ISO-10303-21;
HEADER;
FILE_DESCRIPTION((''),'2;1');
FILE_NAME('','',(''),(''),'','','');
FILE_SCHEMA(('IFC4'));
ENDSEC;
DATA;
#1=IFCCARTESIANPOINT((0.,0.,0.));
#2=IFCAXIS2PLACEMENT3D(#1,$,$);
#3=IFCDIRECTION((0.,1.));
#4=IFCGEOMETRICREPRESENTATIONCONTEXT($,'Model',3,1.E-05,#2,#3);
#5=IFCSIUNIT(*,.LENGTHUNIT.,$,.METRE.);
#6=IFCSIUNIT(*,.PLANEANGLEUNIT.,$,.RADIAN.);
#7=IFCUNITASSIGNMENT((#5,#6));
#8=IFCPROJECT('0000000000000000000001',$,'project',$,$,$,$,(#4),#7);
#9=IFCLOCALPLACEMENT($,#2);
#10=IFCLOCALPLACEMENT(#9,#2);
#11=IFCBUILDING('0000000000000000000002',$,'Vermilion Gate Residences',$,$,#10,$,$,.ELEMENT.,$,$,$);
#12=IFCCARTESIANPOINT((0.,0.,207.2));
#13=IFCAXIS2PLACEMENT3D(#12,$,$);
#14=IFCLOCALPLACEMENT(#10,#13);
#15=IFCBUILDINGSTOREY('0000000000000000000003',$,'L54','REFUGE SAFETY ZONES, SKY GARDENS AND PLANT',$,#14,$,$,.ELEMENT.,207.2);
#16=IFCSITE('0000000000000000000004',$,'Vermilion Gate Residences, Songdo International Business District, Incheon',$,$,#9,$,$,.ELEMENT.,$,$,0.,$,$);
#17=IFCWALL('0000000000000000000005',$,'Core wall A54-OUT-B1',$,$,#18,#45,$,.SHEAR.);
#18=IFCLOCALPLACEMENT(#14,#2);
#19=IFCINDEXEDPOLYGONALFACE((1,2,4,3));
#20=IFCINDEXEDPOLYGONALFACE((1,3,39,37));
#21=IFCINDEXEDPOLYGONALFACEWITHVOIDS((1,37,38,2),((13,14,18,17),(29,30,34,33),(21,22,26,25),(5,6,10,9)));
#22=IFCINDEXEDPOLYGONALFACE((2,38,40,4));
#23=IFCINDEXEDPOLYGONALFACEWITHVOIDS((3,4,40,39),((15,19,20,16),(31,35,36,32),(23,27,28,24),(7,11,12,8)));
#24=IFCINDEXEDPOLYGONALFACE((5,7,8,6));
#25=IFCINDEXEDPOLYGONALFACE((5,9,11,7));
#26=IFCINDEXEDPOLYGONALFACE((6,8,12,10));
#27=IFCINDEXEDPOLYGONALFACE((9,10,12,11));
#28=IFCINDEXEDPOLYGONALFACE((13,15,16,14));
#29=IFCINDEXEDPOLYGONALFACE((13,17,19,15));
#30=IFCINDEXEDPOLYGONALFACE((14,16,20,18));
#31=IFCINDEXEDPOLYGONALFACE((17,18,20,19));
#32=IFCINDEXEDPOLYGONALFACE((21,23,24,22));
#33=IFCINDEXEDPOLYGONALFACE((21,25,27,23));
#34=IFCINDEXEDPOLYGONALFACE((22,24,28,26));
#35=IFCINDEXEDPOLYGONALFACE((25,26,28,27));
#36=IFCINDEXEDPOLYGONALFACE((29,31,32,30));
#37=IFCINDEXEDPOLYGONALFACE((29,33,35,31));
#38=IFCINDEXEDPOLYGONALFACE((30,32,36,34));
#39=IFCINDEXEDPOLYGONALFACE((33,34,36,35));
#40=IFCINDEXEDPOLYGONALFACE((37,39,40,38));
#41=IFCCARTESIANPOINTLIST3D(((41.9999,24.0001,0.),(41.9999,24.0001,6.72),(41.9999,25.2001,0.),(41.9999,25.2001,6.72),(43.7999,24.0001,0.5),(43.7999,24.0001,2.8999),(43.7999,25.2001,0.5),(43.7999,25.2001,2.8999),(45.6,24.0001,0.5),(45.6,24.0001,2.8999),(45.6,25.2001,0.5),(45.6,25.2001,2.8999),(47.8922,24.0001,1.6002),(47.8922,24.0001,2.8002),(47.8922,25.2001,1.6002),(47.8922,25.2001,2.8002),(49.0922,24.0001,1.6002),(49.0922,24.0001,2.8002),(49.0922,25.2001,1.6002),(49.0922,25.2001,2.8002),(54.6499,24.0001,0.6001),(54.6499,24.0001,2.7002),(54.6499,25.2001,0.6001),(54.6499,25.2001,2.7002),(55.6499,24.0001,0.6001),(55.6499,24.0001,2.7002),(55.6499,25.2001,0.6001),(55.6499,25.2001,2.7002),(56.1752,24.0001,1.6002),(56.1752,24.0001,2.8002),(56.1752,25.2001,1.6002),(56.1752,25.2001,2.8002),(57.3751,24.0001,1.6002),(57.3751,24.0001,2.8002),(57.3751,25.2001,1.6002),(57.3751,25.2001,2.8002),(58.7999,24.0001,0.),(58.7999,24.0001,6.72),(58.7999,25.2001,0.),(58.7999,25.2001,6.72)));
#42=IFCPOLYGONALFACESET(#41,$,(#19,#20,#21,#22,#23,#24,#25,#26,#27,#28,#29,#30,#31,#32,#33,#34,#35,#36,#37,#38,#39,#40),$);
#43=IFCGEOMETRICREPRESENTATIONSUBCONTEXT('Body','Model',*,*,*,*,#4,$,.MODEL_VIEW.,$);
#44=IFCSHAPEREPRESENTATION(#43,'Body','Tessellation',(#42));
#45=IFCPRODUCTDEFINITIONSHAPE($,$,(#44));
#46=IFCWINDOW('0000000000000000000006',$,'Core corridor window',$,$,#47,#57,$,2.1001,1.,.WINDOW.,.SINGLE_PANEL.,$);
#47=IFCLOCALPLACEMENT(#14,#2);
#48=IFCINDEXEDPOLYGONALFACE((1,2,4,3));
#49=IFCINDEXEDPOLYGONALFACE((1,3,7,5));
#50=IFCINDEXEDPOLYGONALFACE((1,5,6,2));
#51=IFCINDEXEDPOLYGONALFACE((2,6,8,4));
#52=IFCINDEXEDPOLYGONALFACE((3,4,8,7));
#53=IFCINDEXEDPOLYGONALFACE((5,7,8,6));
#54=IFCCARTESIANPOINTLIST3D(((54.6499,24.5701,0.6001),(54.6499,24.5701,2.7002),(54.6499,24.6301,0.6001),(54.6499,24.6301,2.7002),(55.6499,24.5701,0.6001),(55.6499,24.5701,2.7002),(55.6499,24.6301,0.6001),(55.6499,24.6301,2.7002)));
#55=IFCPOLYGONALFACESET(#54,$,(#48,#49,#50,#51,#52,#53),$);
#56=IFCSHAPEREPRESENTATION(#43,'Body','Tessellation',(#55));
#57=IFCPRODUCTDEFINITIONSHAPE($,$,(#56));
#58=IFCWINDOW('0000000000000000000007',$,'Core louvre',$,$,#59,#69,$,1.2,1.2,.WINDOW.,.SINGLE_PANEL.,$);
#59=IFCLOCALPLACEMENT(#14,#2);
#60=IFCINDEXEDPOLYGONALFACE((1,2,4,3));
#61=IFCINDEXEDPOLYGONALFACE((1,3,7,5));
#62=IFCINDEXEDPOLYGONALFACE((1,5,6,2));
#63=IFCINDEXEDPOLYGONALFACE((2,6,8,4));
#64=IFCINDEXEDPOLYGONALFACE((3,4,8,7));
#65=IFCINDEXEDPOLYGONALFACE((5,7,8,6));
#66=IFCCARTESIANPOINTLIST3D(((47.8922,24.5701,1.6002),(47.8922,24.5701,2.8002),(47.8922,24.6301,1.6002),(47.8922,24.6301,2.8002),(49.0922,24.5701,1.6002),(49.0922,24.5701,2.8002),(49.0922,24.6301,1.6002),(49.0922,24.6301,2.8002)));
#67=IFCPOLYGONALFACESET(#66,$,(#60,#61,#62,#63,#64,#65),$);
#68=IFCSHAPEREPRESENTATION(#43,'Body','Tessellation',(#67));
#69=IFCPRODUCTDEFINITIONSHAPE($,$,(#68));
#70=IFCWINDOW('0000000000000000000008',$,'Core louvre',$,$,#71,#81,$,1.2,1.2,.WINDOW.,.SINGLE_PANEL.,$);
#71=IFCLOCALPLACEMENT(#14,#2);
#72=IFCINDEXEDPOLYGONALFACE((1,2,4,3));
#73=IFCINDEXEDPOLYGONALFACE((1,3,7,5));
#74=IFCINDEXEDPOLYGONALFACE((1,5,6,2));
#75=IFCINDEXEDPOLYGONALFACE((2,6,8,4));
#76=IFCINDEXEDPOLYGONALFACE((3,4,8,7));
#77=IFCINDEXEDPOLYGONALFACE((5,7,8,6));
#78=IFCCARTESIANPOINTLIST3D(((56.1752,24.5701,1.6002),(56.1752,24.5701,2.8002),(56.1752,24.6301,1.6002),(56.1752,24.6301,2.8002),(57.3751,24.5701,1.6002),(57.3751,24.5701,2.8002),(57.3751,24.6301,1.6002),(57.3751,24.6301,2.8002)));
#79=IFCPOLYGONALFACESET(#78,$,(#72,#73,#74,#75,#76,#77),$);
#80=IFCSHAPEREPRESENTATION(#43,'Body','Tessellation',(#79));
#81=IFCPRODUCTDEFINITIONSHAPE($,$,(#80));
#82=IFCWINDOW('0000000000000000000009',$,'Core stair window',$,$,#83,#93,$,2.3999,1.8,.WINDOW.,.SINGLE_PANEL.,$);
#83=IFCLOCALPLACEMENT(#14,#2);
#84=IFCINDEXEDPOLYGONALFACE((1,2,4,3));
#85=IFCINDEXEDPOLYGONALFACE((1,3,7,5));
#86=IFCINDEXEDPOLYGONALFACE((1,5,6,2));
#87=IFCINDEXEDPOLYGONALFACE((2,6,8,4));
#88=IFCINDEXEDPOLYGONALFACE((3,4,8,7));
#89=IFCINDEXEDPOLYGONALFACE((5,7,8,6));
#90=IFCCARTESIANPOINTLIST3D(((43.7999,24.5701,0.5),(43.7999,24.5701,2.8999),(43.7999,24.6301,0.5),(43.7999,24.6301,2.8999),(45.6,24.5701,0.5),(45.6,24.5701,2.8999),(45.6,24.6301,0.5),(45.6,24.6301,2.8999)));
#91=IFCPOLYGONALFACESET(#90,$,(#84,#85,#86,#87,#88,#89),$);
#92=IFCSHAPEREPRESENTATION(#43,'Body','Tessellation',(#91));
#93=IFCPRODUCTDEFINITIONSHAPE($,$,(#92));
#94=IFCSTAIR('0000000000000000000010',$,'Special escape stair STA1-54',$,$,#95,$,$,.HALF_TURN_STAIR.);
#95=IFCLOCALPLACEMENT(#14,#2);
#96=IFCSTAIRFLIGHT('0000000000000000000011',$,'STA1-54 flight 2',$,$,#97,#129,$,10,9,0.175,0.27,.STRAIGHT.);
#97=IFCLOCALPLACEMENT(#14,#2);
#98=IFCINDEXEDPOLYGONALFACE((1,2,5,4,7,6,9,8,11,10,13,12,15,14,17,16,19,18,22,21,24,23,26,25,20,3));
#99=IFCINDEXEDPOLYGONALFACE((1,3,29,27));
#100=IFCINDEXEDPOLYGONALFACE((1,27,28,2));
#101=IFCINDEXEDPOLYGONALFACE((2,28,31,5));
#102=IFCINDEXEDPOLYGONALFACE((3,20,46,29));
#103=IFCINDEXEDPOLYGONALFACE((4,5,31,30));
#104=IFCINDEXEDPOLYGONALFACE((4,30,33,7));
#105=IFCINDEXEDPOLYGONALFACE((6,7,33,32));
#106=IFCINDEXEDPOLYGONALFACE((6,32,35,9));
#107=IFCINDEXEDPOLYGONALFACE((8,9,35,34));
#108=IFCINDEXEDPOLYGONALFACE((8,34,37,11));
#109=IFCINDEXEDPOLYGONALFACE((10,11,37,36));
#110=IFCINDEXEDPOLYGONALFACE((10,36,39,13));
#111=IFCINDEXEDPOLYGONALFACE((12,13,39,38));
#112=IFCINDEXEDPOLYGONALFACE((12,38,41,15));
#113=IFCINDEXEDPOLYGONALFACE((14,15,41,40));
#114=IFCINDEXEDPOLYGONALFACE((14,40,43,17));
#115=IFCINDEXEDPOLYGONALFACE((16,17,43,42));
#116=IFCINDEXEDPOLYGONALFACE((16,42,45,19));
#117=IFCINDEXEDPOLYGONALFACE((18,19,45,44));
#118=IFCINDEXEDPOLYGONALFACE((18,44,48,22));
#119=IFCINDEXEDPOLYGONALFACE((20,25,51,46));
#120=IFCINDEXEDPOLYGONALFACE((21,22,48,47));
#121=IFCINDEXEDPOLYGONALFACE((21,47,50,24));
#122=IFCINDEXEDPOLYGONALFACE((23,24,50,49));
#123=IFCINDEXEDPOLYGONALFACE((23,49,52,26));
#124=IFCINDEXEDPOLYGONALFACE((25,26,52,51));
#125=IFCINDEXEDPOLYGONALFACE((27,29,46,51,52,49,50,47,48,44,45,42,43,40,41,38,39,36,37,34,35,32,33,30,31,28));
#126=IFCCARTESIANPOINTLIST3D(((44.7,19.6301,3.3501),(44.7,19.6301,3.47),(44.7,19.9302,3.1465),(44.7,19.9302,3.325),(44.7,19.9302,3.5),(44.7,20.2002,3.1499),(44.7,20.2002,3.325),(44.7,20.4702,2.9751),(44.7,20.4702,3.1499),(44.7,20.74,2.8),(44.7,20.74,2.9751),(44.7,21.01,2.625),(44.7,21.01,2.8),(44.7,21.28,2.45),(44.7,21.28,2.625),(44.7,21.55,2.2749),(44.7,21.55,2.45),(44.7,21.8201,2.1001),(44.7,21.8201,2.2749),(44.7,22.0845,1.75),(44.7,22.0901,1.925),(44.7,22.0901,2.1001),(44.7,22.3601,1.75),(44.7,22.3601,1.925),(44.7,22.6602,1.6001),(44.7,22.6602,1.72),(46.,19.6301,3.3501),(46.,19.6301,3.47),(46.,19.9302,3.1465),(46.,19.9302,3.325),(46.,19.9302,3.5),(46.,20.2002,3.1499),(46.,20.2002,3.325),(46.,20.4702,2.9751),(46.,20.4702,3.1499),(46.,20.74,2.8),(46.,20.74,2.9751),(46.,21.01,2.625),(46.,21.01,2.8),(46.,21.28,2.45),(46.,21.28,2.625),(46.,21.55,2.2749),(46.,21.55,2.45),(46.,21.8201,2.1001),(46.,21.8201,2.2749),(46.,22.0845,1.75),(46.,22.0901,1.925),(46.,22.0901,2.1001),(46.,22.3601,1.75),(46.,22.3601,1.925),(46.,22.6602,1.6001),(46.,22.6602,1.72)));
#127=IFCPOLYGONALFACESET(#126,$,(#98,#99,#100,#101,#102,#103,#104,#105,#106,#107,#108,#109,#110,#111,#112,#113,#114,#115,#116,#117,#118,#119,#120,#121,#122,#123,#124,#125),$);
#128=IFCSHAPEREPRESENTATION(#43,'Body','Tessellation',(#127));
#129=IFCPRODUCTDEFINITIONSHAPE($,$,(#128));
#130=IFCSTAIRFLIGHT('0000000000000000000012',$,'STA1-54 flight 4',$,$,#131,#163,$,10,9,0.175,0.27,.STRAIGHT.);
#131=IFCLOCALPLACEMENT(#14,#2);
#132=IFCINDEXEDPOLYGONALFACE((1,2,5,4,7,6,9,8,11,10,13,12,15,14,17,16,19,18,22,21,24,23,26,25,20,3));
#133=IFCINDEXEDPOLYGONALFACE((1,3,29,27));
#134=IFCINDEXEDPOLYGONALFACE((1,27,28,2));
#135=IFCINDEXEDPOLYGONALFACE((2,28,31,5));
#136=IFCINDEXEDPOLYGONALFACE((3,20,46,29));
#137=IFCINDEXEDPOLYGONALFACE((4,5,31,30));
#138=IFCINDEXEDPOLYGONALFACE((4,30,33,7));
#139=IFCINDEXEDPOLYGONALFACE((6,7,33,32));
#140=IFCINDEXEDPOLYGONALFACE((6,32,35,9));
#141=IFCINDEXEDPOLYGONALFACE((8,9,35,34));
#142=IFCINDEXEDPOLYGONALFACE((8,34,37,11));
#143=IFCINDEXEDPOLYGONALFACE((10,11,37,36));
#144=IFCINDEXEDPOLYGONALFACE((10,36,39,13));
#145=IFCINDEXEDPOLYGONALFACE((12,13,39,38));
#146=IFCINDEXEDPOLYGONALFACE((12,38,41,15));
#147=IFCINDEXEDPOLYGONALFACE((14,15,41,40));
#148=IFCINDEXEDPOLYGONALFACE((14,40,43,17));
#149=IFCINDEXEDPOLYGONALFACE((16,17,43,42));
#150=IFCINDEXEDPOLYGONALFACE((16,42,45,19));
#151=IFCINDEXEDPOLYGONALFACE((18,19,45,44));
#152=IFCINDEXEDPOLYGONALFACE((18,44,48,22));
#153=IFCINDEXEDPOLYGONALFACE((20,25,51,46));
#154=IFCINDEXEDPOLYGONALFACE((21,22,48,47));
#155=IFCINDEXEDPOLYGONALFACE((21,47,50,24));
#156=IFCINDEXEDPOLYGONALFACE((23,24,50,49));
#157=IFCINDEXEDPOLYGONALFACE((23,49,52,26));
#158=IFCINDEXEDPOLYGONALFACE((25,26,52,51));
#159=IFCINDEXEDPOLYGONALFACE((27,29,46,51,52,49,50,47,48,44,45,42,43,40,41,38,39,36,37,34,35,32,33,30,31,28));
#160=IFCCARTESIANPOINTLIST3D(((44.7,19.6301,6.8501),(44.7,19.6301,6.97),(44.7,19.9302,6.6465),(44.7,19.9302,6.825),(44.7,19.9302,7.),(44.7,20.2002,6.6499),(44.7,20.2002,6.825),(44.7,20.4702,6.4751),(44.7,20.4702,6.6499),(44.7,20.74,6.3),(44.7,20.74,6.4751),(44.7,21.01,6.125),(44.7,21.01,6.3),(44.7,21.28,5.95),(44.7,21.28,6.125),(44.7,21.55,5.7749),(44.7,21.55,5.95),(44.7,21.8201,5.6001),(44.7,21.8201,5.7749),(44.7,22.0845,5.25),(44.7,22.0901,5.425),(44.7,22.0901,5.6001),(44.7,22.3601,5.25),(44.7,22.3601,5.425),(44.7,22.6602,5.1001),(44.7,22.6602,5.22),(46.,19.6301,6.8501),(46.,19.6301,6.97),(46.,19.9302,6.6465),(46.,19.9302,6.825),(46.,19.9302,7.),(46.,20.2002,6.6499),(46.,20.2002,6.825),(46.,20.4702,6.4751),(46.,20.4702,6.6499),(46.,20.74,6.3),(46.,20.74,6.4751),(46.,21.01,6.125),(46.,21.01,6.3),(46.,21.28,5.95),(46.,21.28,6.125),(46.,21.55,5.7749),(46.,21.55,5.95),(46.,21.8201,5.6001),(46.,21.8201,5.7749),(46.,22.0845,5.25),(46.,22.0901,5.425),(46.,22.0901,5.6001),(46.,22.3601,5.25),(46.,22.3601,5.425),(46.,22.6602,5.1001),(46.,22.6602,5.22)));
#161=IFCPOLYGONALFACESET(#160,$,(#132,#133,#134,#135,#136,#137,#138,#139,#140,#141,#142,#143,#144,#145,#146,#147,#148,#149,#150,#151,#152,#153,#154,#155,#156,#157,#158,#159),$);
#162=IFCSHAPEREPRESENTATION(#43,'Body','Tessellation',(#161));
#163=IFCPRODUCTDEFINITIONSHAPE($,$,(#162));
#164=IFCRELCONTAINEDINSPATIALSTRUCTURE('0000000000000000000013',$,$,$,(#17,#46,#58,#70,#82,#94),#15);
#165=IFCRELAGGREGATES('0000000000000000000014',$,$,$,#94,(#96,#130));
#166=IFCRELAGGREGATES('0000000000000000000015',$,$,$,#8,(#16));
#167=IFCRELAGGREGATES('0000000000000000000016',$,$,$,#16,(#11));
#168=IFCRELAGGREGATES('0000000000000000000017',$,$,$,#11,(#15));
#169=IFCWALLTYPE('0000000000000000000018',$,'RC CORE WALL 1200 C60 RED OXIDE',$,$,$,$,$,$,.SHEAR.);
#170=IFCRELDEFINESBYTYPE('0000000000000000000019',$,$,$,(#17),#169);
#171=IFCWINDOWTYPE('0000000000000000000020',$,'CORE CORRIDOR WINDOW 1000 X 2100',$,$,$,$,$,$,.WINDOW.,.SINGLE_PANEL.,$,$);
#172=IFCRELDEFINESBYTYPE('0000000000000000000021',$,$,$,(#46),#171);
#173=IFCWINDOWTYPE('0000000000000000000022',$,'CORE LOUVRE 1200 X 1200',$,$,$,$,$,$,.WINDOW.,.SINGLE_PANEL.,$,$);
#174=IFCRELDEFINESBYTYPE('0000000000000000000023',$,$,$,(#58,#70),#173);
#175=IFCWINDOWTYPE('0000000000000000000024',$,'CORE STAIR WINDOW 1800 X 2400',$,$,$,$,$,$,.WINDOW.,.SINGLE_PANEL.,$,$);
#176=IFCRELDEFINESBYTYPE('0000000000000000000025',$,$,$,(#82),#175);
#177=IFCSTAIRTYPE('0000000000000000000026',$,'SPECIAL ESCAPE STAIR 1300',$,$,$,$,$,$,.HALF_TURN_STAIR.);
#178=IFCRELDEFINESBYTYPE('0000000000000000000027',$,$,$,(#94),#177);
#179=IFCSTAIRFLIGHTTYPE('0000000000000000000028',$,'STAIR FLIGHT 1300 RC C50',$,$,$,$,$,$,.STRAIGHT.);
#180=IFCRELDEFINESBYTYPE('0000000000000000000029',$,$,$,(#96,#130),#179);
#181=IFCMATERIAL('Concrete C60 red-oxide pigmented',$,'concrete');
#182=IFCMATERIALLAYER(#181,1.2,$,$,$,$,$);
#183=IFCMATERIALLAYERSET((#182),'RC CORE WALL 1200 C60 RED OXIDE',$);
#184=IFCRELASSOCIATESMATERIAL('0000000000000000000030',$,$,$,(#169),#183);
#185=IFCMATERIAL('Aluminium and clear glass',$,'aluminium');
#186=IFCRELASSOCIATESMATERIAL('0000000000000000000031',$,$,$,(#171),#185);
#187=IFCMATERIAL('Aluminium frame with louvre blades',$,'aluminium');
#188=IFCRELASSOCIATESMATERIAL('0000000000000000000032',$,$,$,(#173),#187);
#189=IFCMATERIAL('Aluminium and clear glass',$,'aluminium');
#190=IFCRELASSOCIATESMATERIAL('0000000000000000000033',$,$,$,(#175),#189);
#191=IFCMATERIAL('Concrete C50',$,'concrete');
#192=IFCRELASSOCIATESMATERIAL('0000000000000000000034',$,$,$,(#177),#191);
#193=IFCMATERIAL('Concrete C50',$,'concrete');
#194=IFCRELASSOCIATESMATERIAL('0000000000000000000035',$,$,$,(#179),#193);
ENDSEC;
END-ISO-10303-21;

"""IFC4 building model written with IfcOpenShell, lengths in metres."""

from ifc_helpers import new_model, si_unit, direction, frame, frame_2d, origin, place, context, subcontext, project, spatial, polyline, rectangle, outline, extrude, material, layer, layer_set, type_object, element, fill, aggregate, save


model = new_model("IFC4")

# Units and contexts
model_context = context("Model", 3, precision=1e-05, world=origin(), true_north=direction((0.0, 1.0)))
body_context = subcontext(model_context, "Body", "Model", "MODEL_VIEW")
ifc_project = project(units=[si_unit("LENGTHUNIT", "METRE"), si_unit("PLANEANGLEUNIT", "RADIAN")], contexts=[model_context])

# Site, building, storey
site_placement = place(None, origin())
site = spatial("IfcSite", under=ifc_project, at=site_placement, Name="Vermilion Gate Residences, Songdo International Business District, Incheon", CompositionType="ELEMENT", RefElevation=0.0)
building_placement = place(site_placement, origin())
building = spatial("IfcBuilding", under=site, at=building_placement, Name="Vermilion Gate Residences", CompositionType="ELEMENT")
storey_placement = place(building_placement, frame((0.0, 0.0, 207.2)))
storey = spatial("IfcBuildingStorey", under=building, at=storey_placement, Name="L54", Description="REFUGE SAFETY ZONES, SKY GARDENS AND PLANT", CompositionType="ELEMENT", Elevation=207.2)

# Wall, openings, windows
ifc_material_1 = material(Name="Concrete C60 red-oxide pigmented", Category="concrete")
ifc_layer_1 = layer(ifc_material_1, 1.2)
ifc_layer_set_1 = layer_set([ifc_layer_1], Name="RC CORE WALL 1200 C60 RED OXIDE")
wall_type_1 = type_object("IfcWallType", Name="RC CORE WALL 1200 C60 RED OXIDE", PredefinedType="SHEAR", material=ifc_layer_set_1)
wall_placement = place(storey_placement, frame((42.0, 24.6001, 0.0), z_axis=(0.0, 0.0, 1.0), x_axis=(1.0, 0.0, 0.0)))
wall = element("IfcWall", 1, at=wall_placement, inside=storey, type_object=wall_type_1, Name="Core wall A54-OUT-B1", PredefinedType="SHEAR", context=body_context, shape_type="SweptSolid", body=[
    extrude(rectangle(XDim=16.8, YDim=1.2, at=frame_2d((8.3999, 0.0))), origin(), (0.0, 0.0, 1.0), 6.72),
])
opening_1_placement = place(wall_placement, frame((1.8, 0.0, 0.5)))
opening_1 = element("IfcOpeningElement", 2, at=opening_1_placement, cuts=wall, PredefinedType="OPENING", context=body_context, shape_type="SweptSolid", body=[
    extrude(rectangle(XDim=1.8, YDim=2.3999, at=frame_2d((0.8999, 1.2))), frame((0.0, 0.6099, 0.0), z_axis=(0.0, -1.0, 0.0), x_axis=(1.0, 0.0, 0.0)), (0.0, 0.0, 1.0), 1.22),
])
opening_2_placement = place(wall_placement, frame((5.8921, 0.0, 1.6001)))
opening_2 = element("IfcOpeningElement", 3, at=opening_2_placement, cuts=wall, PredefinedType="OPENING", context=body_context, shape_type="SweptSolid", body=[
    extrude(rectangle(XDim=1.2, YDim=1.2, at=frame_2d((0.6001, 0.6001))), frame((0.0, 0.6099, 0.0), z_axis=(0.0, -1.0, 0.0), x_axis=(1.0, 0.0, 0.0)), (0.0, 0.0, 1.0), 1.22),
])
opening_3_placement = place(wall_placement, frame((12.6499, 0.0, 0.6001)))
opening_3 = element("IfcOpeningElement", 4, at=opening_3_placement, cuts=wall, PredefinedType="OPENING", context=body_context, shape_type="SweptSolid", body=[
    extrude(rectangle(XDim=1.0, YDim=2.1001, at=frame_2d((0.5, 1.05))), frame((0.0, 0.6099, 0.0), z_axis=(0.0, -1.0, 0.0), x_axis=(1.0, 0.0, 0.0)), (0.0, 0.0, 1.0), 1.22),
])
opening_4_placement = place(wall_placement, frame((14.175, 0.0, 1.6001)))
opening_4 = element("IfcOpeningElement", 5, at=opening_4_placement, cuts=wall, PredefinedType="OPENING", context=body_context, shape_type="SweptSolid", body=[
    extrude(rectangle(XDim=1.2, YDim=1.2, at=frame_2d((0.6001, 0.6001))), frame((0.0, 0.6099, 0.0), z_axis=(0.0, -1.0, 0.0), x_axis=(1.0, 0.0, 0.0)), (0.0, 0.0, 1.0), 1.22),
])
ifc_material_2 = material(Name="Aluminium and clear glass", Category="aluminium")
window_type_1 = type_object("IfcWindowType", Name="CORE CORRIDOR WINDOW 1000 X 2100", PartitioningType="SINGLE_PANEL", PredefinedType="WINDOW", material=ifc_material_2)
window_1_placement = place(opening_3_placement, origin())
window_1 = element("IfcWindow", 6, at=window_1_placement, inside=storey, type_object=window_type_1, Name="Core corridor window", OverallHeight=2.1001, OverallWidth=1.0, PartitioningType="SINGLE_PANEL", PredefinedType="WINDOW", context=body_context, shape_type="SweptSolid", body=[
    extrude(rectangle(XDim=1.0, YDim=2.1001, at=frame_2d((0.5, 1.05))), frame((0.0, 0.03, 0.0), z_axis=(0.0, -1.0, 0.0), x_axis=(1.0, 0.0, 0.0)), (0.0, 0.0, 1.0), 0.0601),
])
fill(opening_3, window_1)
ifc_material_3 = material(Name="Aluminium frame with louvre blades", Category="aluminium")
window_type_2 = type_object("IfcWindowType", Name="CORE LOUVRE 1200 X 1200", PartitioningType="SINGLE_PANEL", PredefinedType="WINDOW", material=ifc_material_3)
window_2_placement = place(opening_2_placement, origin())
window_2 = element("IfcWindow", 7, at=window_2_placement, inside=storey, type_object=window_type_2, Name="Core louvre", OverallHeight=1.2, OverallWidth=1.2, PartitioningType="SINGLE_PANEL", PredefinedType="WINDOW", context=body_context, shape_type="SweptSolid", body=[
    extrude(rectangle(XDim=1.2, YDim=1.2, at=frame_2d((0.6001, 0.6001))), frame((0.0, 0.03, 0.0), z_axis=(0.0, -1.0, 0.0), x_axis=(1.0, 0.0, 0.0)), (0.0, 0.0, 1.0), 0.0601),
])
fill(opening_2, window_2)
window_3_placement = place(opening_4_placement, origin())
window_3 = element("IfcWindow", 8, at=window_3_placement, inside=storey, type_object=window_type_2, Name="Core louvre", OverallHeight=1.2, OverallWidth=1.2, PartitioningType="SINGLE_PANEL", PredefinedType="WINDOW", context=body_context, shape_type="SweptSolid", body=[
    extrude(rectangle(XDim=1.2, YDim=1.2, at=frame_2d((0.6001, 0.6001))), frame((0.0, 0.03, 0.0), z_axis=(0.0, -1.0, 0.0), x_axis=(1.0, 0.0, 0.0)), (0.0, 0.0, 1.0), 0.0601),
])
fill(opening_4, window_3)
ifc_material_4 = material(Name="Aluminium and clear glass", Category="aluminium")
window_type_3 = type_object("IfcWindowType", Name="CORE STAIR WINDOW 1800 X 2400", PartitioningType="SINGLE_PANEL", PredefinedType="WINDOW", material=ifc_material_4)
window_4_placement = place(opening_1_placement, origin())
window_4 = element("IfcWindow", 9, at=window_4_placement, inside=storey, type_object=window_type_3, Name="Core stair window", OverallHeight=2.3999, OverallWidth=1.8, PartitioningType="SINGLE_PANEL", PredefinedType="WINDOW", context=body_context, shape_type="SweptSolid", body=[
    extrude(rectangle(XDim=1.8, YDim=2.3999, at=frame_2d((0.8999, 1.2))), frame((0.0, 0.03, 0.0), z_axis=(0.0, -1.0, 0.0), x_axis=(1.0, 0.0, 0.0)), (0.0, 0.0, 1.0), 0.0601),
])
fill(opening_1, window_4)

# Stair, stair flights
ifc_material_5 = material(Name="Concrete C50", Category="concrete")
stair_type = type_object("IfcStairType", Name="SPECIAL ESCAPE STAIR 1300", PredefinedType="HALF_TURN_STAIR", material=ifc_material_5)
stair_placement = place(storey_placement, origin())
stair = element("IfcStair", 10, at=stair_placement, inside=storey, type_object=stair_type, Name="Special escape stair STA1-54", PredefinedType="HALF_TURN_STAIR")
ifc_material_6 = material(Name="Concrete C50", Category="concrete")
stair_flight_type = type_object("IfcStairFlightType", Name="STAIR FLIGHT 1300 RC C50", PredefinedType="STRAIGHT", material=ifc_material_6)
stair_flight_1_placement = place(storey_placement, frame((45.3501, 22.3601, 1.75), z_axis=(0.0, 0.0, 1.0), x_axis=(0.0, -1.0, 0.0)))
stair_flight_1 = element("IfcStairFlight", 11, at=stair_flight_1_placement, type_object=stair_flight_type, Name="STA1-54 flight 2", NumberOfRisers=10, NumberOfTreads=9, PredefinedType="STRAIGHT", RiserHeight=0.175, TreadLength=0.27, context=body_context, shape_type="SweptSolid", body=[
    extrude(outline(polyline([(-0.3, -0.1499), (-0.3, -0.03), (0.0, 0.0), (0.0, 0.175), (0.27, 0.175), (0.27, 0.3501), (0.54, 0.3501), (0.54, 0.5249), (0.8101, 0.5249), (0.8101, 0.7), (1.0801, 0.7), (1.0801, 0.875), (1.3501, 0.875), (1.3501, 1.05), (1.6201, 1.05), (1.6201, 1.2251), (1.8899, 1.2251), (1.8899, 1.3999), (2.1599, 1.3999), (2.1599, 1.575), (2.4299, 1.575), (2.4299, 1.75), (2.73, 1.72), (2.73, 1.6001), (2.4299, 1.3965), (0.2756, 0.0), (-0.3, -0.1499)])), frame((0.0, 0.6499, 0.0), z_axis=(0.0, -1.0, 0.0), x_axis=(1.0, 0.0, 0.0)), (0.0, 0.0, 1.0), 1.3),
])
stair_flight_2_placement = place(storey_placement, frame((45.3501, 22.3601, 5.25), z_axis=(0.0, 0.0, 1.0), x_axis=(0.0, -1.0, 0.0)))
stair_flight_2 = element("IfcStairFlight", 12, at=stair_flight_2_placement, type_object=stair_flight_type, Name="STA1-54 flight 4", NumberOfRisers=10, NumberOfTreads=9, PredefinedType="STRAIGHT", RiserHeight=0.175, TreadLength=0.27, context=body_context, shape_type="SweptSolid", body=[
    extrude(outline(polyline([(-0.3, -0.1499), (-0.3, -0.03), (0.0, 0.0), (0.0, 0.175), (0.27, 0.175), (0.27, 0.3501), (0.54, 0.3501), (0.54, 0.5249), (0.8101, 0.5249), (0.8101, 0.7), (1.0801, 0.7), (1.0801, 0.875), (1.3501, 0.875), (1.3501, 1.05), (1.6201, 1.05), (1.6201, 1.2251), (1.8899, 1.2251), (1.8899, 1.3999), (2.1599, 1.3999), (2.1599, 1.575), (2.4299, 1.575), (2.4299, 1.75), (2.73, 1.72), (2.73, 1.6001), (2.4299, 1.3965), (0.2756, 0.0), (-0.3, -0.1499)])), frame((0.0, 0.6499, 0.0), z_axis=(0.0, -1.0, 0.0), x_axis=(1.0, 0.0, 0.0)), (0.0, 0.0, 1.0), 1.3),
])
aggregate(stair, [stair_flight_1, stair_flight_2])

save(model, "model.ifc")
